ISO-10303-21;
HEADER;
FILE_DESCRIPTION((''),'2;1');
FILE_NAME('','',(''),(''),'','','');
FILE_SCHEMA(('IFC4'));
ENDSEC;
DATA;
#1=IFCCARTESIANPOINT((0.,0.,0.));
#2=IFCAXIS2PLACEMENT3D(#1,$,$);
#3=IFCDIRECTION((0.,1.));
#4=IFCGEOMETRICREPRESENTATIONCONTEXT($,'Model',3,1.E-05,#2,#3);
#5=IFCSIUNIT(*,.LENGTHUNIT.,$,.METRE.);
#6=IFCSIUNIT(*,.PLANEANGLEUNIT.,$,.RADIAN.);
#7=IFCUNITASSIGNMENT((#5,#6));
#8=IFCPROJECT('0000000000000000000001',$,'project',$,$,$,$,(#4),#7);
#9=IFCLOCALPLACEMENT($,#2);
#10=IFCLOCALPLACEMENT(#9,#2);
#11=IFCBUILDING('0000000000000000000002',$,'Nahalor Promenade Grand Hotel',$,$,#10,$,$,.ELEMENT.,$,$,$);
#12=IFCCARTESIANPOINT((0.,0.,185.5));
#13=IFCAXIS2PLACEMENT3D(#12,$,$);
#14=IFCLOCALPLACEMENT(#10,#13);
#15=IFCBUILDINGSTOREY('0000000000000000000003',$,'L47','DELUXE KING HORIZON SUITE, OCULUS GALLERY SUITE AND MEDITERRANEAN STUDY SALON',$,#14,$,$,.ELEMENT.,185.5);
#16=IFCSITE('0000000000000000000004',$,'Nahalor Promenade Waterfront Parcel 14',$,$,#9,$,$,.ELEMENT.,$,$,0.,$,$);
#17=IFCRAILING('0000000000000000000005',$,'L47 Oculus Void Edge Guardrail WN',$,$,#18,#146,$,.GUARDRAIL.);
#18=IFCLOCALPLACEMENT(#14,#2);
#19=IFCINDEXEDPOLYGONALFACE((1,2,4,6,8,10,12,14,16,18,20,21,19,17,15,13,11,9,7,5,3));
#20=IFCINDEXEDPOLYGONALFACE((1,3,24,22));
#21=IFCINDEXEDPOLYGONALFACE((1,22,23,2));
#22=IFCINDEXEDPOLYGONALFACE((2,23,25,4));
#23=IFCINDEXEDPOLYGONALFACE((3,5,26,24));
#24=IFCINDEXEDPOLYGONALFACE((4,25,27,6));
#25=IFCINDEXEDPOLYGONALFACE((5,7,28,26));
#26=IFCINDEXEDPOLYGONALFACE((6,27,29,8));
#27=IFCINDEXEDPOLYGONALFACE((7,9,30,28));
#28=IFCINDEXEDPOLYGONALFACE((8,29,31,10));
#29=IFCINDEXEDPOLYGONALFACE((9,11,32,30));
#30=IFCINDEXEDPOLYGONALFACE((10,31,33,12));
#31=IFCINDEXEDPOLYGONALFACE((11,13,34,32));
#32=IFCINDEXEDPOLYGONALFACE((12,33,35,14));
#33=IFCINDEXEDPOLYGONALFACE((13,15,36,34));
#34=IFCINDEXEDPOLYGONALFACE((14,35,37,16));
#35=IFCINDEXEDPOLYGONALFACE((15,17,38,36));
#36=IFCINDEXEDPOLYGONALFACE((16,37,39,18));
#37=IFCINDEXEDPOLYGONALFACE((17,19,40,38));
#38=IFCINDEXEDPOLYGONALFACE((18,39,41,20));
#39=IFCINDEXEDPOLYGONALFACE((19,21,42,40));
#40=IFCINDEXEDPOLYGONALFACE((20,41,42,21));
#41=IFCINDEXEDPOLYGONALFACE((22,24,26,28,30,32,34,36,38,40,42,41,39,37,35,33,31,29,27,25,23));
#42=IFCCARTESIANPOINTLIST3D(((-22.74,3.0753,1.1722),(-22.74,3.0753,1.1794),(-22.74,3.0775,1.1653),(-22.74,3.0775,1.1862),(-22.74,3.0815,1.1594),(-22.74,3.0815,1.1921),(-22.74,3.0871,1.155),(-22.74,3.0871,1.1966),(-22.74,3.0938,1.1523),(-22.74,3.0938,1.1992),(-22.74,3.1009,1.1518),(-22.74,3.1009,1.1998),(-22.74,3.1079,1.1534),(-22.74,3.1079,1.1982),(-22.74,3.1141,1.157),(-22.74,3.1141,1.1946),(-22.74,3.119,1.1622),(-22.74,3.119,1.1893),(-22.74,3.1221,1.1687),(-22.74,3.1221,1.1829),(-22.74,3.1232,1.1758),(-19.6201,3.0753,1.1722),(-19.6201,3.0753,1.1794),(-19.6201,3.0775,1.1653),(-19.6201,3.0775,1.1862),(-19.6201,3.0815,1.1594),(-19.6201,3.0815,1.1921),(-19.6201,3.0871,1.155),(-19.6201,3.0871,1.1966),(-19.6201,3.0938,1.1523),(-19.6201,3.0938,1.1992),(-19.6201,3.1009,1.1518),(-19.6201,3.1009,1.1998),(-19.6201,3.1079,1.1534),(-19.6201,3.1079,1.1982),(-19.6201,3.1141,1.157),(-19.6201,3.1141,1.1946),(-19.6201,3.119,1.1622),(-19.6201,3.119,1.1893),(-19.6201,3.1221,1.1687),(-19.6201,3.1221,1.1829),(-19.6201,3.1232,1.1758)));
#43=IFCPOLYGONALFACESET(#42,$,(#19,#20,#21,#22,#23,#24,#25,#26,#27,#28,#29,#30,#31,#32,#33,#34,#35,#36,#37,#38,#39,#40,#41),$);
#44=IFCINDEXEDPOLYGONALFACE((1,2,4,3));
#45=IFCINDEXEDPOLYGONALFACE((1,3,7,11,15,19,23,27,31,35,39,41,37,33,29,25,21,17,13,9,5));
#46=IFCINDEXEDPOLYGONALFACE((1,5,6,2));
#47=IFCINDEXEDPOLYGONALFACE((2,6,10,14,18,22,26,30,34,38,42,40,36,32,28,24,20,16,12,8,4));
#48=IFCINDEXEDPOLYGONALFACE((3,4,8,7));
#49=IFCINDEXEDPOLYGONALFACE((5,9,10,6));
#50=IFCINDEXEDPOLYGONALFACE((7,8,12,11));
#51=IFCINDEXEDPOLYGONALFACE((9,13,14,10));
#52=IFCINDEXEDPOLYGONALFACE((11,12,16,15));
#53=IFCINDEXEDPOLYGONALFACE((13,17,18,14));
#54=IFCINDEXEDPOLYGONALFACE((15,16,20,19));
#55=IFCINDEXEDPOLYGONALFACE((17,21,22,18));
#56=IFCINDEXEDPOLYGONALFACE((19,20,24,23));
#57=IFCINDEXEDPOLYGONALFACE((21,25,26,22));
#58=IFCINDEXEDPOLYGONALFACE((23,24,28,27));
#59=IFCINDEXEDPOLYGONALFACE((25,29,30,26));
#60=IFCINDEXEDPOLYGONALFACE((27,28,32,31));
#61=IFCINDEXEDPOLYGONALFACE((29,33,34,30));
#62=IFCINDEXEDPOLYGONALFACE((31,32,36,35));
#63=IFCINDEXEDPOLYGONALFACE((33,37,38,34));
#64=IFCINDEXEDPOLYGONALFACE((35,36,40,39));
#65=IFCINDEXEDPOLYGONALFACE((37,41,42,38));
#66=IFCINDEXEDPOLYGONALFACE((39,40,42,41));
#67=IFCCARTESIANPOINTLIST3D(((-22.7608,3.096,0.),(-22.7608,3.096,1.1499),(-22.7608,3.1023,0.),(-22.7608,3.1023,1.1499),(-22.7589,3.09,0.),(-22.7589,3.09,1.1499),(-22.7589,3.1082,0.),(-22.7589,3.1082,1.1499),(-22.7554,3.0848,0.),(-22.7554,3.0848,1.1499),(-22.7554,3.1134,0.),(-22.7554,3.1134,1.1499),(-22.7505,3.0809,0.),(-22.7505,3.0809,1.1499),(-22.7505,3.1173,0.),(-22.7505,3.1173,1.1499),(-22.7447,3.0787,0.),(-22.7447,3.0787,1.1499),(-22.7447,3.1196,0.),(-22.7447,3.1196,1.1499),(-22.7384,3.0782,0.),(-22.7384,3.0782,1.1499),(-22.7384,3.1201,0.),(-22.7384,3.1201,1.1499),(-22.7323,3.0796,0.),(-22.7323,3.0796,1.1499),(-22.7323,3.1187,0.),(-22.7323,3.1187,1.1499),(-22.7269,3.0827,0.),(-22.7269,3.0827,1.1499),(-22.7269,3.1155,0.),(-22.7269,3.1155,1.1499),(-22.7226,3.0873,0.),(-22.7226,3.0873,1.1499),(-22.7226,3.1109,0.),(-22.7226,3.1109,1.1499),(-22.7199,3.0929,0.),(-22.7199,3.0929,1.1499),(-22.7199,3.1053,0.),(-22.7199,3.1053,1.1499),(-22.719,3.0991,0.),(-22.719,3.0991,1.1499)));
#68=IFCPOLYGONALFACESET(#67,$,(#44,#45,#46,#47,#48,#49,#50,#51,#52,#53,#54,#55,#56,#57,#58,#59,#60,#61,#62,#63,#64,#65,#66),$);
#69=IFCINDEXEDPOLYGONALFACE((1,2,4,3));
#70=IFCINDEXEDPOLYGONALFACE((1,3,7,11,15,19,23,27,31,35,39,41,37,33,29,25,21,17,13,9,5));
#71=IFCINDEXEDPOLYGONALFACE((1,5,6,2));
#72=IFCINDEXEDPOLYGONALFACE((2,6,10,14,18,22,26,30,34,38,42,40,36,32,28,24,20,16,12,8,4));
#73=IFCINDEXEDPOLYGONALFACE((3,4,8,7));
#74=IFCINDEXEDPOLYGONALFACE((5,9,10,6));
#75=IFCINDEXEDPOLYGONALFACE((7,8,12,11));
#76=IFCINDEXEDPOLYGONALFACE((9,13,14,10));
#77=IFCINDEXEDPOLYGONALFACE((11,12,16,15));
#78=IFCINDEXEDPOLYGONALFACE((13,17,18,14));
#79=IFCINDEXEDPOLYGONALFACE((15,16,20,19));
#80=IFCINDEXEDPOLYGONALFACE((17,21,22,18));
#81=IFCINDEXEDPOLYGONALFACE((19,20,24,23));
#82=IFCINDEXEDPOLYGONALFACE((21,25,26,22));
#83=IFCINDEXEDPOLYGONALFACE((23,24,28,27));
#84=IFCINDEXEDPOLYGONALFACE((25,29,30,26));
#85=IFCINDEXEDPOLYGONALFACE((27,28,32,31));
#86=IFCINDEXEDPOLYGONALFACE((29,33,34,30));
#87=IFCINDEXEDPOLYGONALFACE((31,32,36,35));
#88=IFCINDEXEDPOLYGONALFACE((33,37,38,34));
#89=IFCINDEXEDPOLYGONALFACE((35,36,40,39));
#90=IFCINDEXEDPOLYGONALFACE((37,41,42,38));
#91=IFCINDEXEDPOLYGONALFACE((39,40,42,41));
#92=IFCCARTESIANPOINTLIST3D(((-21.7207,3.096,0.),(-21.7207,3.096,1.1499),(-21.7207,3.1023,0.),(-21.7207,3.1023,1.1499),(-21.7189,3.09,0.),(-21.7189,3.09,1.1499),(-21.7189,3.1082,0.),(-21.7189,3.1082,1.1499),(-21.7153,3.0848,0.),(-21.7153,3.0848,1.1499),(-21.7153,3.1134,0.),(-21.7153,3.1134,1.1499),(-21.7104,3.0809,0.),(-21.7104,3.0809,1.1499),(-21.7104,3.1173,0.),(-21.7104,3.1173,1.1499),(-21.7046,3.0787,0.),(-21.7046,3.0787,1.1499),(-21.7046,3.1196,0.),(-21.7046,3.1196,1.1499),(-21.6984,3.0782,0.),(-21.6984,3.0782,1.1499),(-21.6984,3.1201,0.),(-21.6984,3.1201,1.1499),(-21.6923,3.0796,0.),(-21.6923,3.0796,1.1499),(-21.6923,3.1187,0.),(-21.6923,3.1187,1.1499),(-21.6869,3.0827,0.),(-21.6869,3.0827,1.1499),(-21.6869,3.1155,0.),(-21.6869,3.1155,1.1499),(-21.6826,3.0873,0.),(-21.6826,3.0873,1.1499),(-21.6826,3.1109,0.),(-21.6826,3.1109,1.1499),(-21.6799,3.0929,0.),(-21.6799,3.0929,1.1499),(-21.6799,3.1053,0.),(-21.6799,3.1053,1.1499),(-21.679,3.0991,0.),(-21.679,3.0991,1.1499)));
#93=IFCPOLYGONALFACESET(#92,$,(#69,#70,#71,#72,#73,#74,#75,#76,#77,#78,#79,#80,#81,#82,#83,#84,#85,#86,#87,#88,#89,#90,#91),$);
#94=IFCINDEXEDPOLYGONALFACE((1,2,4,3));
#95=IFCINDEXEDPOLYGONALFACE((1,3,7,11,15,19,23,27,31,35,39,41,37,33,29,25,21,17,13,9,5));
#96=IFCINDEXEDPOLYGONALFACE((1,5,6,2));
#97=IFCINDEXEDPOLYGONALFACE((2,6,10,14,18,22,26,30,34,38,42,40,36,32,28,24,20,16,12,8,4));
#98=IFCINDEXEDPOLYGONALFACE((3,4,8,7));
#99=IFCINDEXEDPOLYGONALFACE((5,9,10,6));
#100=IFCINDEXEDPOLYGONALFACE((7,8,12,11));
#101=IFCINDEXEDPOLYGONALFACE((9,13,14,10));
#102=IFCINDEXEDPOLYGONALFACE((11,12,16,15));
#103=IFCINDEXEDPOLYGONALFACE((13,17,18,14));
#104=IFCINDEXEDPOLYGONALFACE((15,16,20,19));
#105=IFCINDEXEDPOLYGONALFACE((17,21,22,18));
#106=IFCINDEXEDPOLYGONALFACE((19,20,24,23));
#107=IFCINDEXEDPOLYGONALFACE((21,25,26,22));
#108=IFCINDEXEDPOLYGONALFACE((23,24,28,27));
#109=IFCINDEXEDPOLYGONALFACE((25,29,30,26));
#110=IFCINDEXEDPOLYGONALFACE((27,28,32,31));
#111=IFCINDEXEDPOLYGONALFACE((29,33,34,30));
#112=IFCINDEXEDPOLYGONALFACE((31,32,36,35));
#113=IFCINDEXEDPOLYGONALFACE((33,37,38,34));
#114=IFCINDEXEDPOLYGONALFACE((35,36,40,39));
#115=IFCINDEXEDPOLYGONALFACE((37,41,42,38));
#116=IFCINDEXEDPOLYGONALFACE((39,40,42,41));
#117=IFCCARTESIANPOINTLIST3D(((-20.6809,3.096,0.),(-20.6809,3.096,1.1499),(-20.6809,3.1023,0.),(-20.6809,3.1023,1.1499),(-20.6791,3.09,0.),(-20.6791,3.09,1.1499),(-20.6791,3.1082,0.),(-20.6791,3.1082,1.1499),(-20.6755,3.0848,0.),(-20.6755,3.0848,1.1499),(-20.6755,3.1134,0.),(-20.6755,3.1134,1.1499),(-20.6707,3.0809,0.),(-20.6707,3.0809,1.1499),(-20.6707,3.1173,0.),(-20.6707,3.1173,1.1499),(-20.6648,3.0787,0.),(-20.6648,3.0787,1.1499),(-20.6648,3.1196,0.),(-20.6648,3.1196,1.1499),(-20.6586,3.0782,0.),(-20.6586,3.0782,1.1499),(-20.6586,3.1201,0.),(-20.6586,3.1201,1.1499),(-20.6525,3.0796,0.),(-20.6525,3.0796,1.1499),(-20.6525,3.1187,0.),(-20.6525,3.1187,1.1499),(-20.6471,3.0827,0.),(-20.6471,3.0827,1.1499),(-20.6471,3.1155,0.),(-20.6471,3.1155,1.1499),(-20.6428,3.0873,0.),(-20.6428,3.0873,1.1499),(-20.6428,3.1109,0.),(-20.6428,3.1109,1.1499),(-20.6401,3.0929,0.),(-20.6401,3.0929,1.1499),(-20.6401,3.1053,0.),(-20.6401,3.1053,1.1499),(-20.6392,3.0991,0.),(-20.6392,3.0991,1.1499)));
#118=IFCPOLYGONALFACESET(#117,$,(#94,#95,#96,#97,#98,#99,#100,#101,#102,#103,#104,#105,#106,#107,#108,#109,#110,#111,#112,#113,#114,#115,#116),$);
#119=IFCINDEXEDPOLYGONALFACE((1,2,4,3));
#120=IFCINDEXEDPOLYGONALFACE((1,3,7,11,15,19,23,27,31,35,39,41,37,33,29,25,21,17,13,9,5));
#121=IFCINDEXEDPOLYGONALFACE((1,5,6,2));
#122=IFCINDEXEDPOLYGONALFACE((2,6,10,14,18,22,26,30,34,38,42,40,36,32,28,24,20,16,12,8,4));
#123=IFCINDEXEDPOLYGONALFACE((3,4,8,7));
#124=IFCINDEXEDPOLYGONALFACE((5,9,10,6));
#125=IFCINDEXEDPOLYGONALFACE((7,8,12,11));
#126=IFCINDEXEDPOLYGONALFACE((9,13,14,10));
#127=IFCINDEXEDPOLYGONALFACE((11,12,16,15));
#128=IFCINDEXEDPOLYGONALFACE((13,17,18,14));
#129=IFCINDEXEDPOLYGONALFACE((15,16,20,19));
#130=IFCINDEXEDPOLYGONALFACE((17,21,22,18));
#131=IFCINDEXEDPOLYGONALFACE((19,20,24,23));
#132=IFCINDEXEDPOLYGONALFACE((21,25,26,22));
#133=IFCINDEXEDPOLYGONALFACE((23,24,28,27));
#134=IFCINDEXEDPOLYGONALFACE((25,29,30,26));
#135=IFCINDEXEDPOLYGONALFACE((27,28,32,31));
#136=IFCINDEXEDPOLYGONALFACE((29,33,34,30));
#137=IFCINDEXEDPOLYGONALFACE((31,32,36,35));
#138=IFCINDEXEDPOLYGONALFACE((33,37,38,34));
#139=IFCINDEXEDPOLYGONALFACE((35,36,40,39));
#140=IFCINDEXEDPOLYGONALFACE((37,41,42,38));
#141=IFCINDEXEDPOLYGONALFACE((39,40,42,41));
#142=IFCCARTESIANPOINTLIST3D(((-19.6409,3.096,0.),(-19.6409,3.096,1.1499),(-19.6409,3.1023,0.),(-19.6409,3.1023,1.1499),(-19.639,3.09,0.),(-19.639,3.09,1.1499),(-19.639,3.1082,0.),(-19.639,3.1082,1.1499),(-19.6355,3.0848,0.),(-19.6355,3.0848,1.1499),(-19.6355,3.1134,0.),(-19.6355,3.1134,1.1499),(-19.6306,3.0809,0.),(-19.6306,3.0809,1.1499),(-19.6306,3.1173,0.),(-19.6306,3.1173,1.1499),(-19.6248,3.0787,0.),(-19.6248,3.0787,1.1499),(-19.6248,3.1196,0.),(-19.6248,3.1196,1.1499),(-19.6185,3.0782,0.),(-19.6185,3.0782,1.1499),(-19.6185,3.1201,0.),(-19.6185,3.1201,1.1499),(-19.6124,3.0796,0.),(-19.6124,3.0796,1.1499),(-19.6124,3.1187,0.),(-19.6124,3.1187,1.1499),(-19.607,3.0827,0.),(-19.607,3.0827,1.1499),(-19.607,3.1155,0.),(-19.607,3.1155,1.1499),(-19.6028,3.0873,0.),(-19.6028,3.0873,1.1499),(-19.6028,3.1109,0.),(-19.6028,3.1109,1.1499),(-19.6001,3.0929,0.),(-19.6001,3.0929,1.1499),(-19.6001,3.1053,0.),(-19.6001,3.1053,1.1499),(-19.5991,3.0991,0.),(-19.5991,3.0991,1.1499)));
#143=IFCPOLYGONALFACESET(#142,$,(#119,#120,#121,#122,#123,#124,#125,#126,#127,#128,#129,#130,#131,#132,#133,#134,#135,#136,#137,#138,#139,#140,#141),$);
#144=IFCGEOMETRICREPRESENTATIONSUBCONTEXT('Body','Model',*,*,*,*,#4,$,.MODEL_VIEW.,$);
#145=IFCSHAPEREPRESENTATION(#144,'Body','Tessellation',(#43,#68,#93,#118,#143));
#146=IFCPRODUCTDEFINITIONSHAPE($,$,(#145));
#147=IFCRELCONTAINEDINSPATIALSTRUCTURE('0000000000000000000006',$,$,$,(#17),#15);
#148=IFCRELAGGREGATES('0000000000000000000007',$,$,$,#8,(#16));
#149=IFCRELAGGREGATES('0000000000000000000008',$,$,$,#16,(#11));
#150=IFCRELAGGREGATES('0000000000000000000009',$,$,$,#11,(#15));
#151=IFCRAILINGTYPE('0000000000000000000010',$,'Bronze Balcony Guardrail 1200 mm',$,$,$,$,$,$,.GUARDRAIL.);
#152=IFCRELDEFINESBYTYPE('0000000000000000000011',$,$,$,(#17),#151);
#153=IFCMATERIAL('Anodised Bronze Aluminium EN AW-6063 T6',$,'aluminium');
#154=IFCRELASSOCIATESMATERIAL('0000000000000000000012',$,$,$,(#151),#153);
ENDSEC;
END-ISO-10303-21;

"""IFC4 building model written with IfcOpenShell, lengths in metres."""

from ifc_helpers import new_model, si_unit, direction, frame, origin, origin_2d, place, context, subcontext, project, spatial, circle, extrude, material, type_object, element, save


model = new_model("IFC4")

# Units and contexts
model_context = context("Model", 3, precision=1e-05, world=origin(), true_north=direction((0.0, 1.0)))
body_context = subcontext(model_context, "Body", "Model", "MODEL_VIEW")
ifc_project = project(units=[si_unit("LENGTHUNIT", "METRE"), si_unit("PLANEANGLEUNIT", "RADIAN")], contexts=[model_context])

# Site, building, storey
site_placement = place(None, origin())
site = spatial("IfcSite", under=ifc_project, at=site_placement, Name="Nahalor Promenade Waterfront Parcel 14", CompositionType="ELEMENT", RefElevation=0.0)
building_placement = place(site_placement, origin())
building = spatial("IfcBuilding", under=site, at=building_placement, Name="Nahalor Promenade Grand Hotel", CompositionType="ELEMENT")
storey_placement = place(building_placement, frame((0.0, 0.0, 185.5)))
storey = spatial("IfcBuildingStorey", under=building, at=storey_placement, Name="L47", Description="DELUXE KING HORIZON SUITE, OCULUS GALLERY SUITE AND MEDITERRANEAN STUDY SALON", CompositionType="ELEMENT", Elevation=185.5)

# Shared definitions
ifc_material_1 = material(Name="Anodised Bronze Aluminium EN AW-6063 T6", Category="aluminium")

# Railing
railing_type = type_object("IfcRailingType", Name="Bronze Balcony Guardrail 1200 mm", PredefinedType="GUARDRAIL", material=ifc_material_1)
for number, where, name in (
    (1, (-22.74, 3.0991, 0.0), "L47 Oculus Void Edge Guardrail WN"),
):
    element("IfcRailing", number, at=place(storey_placement, frame(where)), inside=storey, type_object=railing_type, Name=name, PredefinedType="GUARDRAIL", context=body_context, shape_type="SweptSolid", body=[
        extrude(circle(Radius=0.024, at=origin_2d()), frame((0.0, 0.0, 1.1758), z_axis=(1.0, 0.0, 0.0), x_axis=(0.0, 1.0, 0.0)), (0.0, 0.0, 1.0), 3.1199),
        extrude(circle(Radius=0.021, at=origin_2d()), origin(), (0.0, 0.0, 1.0), 1.1499),
        extrude(circle(Radius=0.021, at=origin_2d()), frame((1.04, 0.0, 0.0)), (0.0, 0.0, 1.0), 1.1499),
        extrude(circle(Radius=0.021, at=origin_2d()), frame((2.0798, 0.0, 0.0)), (0.0, 0.0, 1.0), 1.1499),
        extrude(circle(Radius=0.021, at=origin_2d()), frame((3.1199, 0.0, 0.0)), (0.0, 0.0, 1.0), 1.1499),
    ])

save(model, "model.ifc")
